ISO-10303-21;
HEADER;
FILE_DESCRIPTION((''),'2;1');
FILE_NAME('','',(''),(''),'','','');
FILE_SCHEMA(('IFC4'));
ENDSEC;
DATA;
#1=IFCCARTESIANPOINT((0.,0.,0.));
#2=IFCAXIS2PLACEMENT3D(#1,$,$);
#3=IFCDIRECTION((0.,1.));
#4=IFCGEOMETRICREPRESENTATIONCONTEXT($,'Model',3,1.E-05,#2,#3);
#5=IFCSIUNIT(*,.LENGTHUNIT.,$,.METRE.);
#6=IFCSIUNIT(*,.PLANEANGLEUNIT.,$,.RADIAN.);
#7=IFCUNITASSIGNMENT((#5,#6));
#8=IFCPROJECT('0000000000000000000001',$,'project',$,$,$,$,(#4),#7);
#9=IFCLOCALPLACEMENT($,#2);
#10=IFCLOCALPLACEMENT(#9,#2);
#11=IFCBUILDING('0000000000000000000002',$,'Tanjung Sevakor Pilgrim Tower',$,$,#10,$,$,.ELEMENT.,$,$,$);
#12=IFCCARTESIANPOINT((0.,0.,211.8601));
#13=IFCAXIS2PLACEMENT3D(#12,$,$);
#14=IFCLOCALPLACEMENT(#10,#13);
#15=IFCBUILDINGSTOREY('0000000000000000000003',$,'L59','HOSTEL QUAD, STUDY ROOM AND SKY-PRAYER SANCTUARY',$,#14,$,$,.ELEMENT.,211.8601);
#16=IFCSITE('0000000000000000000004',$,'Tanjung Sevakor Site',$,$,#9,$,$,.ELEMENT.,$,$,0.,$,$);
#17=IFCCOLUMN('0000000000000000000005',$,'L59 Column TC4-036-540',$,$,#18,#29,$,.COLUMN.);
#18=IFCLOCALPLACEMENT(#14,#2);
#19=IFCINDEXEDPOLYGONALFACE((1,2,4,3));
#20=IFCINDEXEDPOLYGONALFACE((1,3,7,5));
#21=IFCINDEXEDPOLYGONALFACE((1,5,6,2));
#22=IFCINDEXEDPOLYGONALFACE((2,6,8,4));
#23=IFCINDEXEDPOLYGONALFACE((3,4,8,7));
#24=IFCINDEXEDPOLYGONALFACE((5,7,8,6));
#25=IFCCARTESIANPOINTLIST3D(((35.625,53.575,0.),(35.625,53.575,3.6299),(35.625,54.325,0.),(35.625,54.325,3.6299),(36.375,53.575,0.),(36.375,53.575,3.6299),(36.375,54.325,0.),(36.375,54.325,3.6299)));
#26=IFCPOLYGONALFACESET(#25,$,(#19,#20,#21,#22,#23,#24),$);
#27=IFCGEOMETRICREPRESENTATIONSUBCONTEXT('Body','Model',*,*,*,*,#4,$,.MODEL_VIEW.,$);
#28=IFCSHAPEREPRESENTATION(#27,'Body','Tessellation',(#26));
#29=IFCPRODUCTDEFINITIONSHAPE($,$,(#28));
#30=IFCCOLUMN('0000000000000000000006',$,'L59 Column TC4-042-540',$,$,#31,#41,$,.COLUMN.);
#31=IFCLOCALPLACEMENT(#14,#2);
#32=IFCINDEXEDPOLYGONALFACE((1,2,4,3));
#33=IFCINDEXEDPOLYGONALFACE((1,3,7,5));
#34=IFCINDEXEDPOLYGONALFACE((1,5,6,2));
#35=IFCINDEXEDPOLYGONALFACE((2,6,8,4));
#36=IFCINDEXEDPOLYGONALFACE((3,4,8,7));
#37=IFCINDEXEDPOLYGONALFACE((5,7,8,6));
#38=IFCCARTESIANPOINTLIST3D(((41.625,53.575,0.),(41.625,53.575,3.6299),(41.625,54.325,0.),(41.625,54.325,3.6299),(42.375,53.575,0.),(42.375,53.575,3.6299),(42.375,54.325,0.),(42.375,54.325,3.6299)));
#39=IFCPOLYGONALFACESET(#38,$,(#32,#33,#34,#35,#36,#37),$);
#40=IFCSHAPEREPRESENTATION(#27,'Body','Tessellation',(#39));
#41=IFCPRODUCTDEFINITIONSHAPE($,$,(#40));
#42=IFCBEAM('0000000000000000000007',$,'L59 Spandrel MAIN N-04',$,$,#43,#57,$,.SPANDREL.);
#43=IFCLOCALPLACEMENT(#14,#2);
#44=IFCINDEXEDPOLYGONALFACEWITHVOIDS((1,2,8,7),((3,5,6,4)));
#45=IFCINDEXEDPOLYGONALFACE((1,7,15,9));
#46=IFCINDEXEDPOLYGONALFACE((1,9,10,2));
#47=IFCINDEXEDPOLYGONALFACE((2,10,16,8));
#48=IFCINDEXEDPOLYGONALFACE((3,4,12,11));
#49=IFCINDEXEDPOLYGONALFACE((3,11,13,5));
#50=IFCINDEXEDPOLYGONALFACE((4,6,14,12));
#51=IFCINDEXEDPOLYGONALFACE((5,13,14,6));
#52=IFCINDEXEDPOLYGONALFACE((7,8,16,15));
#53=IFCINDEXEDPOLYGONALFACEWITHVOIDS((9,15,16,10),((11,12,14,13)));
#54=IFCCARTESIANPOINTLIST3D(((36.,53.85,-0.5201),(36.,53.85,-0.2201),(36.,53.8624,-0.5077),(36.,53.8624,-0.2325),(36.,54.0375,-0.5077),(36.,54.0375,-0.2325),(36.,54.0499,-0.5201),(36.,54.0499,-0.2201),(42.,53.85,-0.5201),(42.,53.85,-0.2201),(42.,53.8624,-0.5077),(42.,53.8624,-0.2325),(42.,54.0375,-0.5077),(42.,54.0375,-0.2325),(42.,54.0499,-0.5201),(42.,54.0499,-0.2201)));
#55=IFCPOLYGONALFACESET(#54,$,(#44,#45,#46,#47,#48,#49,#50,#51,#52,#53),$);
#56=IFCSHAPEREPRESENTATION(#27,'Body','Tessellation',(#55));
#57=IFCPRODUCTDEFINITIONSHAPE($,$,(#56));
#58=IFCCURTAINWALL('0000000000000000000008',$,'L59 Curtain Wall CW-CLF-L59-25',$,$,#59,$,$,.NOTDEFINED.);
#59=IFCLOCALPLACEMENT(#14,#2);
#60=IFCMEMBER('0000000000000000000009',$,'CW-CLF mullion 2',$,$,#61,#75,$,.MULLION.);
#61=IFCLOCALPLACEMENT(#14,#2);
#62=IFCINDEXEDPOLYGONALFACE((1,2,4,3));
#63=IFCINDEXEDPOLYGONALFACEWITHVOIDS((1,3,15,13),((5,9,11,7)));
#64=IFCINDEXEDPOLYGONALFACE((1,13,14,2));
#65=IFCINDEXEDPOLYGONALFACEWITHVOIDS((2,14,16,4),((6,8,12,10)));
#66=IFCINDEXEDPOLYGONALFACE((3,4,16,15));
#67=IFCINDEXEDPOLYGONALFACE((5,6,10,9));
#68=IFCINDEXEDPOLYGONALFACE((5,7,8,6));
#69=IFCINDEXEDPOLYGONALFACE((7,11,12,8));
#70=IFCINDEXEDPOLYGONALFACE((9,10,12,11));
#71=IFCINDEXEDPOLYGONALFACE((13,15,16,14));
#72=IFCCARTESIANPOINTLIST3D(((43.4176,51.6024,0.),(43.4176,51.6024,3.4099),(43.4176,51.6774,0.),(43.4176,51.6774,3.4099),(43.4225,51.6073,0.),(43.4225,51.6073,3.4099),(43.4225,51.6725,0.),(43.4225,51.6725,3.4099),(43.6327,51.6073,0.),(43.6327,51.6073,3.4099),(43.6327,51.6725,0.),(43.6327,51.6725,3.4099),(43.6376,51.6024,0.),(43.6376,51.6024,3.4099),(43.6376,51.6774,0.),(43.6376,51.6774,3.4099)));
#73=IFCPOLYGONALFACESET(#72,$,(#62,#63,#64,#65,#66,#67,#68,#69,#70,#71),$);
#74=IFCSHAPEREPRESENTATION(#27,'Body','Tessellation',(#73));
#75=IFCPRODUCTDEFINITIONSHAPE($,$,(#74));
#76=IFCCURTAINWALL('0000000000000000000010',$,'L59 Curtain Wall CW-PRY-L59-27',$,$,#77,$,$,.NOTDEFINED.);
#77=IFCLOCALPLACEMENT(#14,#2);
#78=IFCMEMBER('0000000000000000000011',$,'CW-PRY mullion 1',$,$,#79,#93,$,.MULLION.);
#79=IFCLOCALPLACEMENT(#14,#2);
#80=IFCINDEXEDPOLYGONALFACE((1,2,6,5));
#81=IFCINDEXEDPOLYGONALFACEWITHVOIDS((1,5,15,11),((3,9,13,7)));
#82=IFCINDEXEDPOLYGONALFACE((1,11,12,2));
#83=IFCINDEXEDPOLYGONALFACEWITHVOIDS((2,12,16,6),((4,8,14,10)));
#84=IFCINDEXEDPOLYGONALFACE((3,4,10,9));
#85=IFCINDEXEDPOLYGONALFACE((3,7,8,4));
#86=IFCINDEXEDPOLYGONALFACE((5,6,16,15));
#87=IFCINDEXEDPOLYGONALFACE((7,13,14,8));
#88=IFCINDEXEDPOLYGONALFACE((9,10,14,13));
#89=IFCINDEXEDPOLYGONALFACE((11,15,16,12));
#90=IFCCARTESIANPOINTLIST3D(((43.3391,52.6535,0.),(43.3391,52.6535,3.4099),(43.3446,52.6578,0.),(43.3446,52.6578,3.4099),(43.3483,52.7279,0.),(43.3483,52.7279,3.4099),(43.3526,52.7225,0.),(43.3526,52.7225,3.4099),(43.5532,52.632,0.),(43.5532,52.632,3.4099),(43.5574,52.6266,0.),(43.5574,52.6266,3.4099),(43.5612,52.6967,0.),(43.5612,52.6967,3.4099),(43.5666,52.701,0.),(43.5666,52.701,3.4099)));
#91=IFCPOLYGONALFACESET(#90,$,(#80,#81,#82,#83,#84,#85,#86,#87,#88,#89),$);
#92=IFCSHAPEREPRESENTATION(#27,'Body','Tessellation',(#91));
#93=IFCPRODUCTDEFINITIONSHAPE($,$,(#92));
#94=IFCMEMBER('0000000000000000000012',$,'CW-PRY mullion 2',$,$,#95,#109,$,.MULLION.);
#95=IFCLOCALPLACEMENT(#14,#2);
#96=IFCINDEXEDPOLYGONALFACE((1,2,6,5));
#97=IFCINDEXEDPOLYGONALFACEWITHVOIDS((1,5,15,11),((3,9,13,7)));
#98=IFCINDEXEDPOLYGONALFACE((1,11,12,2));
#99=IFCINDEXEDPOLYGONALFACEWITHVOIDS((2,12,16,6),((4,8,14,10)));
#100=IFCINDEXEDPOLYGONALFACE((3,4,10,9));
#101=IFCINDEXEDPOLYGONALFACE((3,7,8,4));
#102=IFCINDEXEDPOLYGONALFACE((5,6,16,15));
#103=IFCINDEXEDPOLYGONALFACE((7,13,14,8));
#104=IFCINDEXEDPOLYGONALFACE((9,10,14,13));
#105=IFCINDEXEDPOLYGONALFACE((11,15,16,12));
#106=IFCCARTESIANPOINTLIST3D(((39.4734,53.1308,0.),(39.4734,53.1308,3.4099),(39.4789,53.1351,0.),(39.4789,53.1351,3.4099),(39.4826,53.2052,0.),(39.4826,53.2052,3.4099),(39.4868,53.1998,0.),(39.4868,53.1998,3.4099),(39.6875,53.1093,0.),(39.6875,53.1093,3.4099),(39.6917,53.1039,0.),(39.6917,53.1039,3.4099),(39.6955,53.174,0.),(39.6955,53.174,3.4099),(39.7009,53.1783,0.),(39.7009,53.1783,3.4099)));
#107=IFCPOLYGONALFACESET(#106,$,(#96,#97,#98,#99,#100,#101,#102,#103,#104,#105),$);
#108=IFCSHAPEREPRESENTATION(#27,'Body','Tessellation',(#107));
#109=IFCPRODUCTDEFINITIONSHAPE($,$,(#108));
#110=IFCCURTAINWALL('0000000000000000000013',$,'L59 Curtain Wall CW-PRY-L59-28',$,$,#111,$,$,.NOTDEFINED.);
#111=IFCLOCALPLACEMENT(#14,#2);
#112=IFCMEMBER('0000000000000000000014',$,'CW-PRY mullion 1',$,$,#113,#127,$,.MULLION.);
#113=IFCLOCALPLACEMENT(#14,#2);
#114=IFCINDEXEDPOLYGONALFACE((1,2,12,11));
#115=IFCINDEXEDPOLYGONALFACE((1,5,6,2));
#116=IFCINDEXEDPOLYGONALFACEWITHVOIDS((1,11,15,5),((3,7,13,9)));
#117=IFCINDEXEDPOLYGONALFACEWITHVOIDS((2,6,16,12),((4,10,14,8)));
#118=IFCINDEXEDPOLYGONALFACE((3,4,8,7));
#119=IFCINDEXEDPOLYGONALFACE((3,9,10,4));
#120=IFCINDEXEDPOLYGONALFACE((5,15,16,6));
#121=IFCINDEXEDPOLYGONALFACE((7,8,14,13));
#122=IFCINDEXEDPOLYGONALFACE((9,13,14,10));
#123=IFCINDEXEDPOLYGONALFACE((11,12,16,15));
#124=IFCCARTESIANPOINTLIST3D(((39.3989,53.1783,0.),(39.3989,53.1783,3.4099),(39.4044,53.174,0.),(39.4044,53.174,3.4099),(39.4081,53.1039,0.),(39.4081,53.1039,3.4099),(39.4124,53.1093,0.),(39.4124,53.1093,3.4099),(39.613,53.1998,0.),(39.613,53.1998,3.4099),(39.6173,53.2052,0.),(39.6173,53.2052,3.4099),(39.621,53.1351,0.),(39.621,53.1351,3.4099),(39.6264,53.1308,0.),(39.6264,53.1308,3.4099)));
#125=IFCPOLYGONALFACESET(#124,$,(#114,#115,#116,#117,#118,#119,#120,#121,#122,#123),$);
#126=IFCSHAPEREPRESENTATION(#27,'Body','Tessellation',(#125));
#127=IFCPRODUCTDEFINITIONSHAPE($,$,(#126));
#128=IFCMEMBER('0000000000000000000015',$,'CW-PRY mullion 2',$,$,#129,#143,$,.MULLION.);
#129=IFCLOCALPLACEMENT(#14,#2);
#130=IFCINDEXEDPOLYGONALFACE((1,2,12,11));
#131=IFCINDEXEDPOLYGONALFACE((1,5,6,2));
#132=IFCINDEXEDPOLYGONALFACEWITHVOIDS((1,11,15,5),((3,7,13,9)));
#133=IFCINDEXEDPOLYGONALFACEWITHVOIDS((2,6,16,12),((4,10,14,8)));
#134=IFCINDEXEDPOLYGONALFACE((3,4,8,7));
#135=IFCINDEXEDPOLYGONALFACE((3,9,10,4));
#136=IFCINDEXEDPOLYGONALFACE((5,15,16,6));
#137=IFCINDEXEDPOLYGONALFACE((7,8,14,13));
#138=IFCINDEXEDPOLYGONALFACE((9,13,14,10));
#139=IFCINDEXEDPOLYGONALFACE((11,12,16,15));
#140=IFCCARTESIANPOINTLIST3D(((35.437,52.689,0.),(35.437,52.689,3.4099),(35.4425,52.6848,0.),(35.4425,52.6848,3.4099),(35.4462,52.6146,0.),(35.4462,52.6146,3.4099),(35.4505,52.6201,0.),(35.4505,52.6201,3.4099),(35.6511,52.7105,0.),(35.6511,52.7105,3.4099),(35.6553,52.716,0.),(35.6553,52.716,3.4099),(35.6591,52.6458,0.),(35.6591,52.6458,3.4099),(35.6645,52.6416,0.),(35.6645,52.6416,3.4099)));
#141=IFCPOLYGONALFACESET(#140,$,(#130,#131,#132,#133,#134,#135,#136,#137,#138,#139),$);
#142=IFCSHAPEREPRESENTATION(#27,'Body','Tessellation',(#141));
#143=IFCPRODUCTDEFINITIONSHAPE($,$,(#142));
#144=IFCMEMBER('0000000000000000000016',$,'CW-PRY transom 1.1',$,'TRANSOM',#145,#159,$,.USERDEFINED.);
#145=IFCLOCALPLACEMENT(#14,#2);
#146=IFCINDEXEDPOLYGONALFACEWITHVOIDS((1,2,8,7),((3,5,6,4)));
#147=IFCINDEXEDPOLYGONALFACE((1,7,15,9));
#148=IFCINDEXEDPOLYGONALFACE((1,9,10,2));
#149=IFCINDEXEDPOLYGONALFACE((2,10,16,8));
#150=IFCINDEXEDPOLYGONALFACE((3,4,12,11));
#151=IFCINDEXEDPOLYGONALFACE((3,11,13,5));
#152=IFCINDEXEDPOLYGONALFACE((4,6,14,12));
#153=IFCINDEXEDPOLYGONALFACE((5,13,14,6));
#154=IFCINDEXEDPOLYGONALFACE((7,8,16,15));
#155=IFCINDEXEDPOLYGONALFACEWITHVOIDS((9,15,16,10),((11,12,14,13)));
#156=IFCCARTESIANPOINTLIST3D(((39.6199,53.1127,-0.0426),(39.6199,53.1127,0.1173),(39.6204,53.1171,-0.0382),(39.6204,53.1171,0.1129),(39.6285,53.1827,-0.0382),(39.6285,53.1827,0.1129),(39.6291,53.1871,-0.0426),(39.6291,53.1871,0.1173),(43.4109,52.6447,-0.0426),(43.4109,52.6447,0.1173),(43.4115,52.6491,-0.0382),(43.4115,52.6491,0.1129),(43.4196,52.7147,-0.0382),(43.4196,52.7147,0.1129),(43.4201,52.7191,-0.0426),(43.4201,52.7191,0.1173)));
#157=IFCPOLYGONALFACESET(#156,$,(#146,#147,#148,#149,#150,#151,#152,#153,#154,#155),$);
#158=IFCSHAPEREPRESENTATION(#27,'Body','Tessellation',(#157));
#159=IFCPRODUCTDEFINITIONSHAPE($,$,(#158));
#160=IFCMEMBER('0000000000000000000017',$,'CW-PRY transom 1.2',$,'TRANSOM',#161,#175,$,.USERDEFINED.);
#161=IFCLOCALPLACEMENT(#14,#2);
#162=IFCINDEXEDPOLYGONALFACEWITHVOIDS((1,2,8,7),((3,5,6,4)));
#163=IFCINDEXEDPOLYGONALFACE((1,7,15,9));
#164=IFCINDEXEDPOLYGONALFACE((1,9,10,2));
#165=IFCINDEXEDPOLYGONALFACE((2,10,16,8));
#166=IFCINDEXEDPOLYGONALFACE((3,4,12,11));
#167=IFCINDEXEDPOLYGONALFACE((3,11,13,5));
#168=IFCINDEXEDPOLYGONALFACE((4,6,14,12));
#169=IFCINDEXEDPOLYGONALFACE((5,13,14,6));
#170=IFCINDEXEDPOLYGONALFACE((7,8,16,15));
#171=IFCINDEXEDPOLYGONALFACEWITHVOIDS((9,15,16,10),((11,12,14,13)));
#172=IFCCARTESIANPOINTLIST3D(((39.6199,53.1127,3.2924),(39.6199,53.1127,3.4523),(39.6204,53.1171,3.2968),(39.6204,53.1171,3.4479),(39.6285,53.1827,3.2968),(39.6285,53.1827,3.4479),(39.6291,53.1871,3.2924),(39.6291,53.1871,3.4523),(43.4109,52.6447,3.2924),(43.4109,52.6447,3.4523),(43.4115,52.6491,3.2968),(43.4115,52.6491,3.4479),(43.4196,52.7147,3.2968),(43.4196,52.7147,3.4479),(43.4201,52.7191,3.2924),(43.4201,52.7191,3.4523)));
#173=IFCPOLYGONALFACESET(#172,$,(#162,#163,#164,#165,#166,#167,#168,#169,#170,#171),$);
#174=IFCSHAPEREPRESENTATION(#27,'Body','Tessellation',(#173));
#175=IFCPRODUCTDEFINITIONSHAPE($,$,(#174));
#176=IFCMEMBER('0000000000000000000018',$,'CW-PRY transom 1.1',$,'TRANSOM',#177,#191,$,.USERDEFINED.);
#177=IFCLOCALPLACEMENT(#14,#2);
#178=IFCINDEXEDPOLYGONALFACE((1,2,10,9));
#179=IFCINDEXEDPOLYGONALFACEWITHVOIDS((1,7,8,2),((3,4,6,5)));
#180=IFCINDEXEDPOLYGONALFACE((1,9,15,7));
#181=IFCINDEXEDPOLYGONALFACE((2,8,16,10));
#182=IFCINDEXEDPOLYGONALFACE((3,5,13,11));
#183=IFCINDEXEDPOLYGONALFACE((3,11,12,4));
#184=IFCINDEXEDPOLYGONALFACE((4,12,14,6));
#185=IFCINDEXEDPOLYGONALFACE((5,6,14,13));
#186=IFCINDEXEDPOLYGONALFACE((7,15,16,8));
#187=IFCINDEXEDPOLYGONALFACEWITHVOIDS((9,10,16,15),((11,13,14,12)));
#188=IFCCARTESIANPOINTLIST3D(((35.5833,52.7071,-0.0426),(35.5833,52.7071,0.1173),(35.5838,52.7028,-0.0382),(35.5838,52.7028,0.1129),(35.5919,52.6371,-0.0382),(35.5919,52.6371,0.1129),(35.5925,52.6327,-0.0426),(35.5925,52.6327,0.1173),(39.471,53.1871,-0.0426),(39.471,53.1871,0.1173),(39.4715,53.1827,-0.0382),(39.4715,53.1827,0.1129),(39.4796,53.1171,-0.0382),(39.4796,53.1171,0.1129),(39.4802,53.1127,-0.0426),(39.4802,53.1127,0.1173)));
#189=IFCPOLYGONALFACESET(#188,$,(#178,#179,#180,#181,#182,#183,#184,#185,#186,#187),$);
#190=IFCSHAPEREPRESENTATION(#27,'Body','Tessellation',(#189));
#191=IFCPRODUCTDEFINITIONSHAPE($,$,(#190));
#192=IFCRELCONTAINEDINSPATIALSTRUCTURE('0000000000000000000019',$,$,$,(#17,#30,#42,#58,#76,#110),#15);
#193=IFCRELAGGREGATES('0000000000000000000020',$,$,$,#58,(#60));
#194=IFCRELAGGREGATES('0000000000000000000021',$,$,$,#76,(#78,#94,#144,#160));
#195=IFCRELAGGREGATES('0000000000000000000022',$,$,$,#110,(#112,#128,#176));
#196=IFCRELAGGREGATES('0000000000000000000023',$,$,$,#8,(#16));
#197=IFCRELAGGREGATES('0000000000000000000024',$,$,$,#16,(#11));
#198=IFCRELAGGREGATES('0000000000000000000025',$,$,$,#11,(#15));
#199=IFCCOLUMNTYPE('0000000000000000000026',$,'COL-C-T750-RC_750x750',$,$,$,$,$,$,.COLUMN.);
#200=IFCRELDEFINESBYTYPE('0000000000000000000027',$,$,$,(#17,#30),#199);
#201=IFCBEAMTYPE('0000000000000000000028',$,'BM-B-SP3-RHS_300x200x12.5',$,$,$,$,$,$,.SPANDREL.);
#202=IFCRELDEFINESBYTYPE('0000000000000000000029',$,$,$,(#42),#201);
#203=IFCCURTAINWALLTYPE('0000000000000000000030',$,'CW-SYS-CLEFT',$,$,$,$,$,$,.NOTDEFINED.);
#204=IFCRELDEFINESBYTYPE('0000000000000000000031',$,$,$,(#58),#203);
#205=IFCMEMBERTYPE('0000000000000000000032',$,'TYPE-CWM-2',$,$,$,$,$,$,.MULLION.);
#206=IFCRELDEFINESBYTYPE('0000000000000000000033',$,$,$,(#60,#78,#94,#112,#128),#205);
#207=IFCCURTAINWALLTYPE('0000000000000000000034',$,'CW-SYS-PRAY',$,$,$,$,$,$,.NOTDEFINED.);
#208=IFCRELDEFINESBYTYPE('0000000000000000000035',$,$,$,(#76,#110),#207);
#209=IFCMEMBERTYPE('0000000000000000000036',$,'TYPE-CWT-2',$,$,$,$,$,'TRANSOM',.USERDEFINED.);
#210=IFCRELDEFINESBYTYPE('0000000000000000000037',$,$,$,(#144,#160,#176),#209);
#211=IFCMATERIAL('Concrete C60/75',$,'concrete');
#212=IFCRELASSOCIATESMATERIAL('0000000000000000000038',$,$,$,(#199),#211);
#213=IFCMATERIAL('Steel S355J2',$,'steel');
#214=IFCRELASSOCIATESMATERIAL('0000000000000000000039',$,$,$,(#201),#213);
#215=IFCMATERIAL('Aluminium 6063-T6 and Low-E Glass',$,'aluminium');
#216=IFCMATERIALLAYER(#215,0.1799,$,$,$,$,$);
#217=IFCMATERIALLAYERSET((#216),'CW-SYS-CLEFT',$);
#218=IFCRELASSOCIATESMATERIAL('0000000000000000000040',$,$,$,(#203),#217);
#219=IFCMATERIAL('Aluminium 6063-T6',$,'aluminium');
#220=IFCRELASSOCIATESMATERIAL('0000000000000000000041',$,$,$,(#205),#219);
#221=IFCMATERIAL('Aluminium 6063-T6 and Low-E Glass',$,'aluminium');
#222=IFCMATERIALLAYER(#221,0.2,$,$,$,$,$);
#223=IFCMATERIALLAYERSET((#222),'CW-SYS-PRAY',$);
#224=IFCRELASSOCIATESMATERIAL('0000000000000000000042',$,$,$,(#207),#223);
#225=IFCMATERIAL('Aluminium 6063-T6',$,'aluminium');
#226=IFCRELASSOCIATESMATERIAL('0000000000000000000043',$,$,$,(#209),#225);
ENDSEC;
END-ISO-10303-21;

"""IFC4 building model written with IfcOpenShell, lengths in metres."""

from ifc_helpers import new_model, si_unit, direction, frame, origin, origin_2d, place, context, subcontext, project, spatial, rectangle, hollow_rectangle, extrude, material, layer, layer_set, material_profile, profile_set, type_object, element, aggregate, save


model = new_model("IFC4")

# Units and contexts
model_context = context("Model", 3, precision=1e-05, world=origin(), true_north=direction((0.0, 1.0)))
body_context = subcontext(model_context, "Body", "Model", "MODEL_VIEW")
ifc_project = project(units=[si_unit("LENGTHUNIT", "METRE"), si_unit("PLANEANGLEUNIT", "RADIAN")], contexts=[model_context])

# Site, building, storey
site_placement = place(None, origin())
site = spatial("IfcSite", under=ifc_project, at=site_placement, Name="Tanjung Sevakor Site", CompositionType="ELEMENT", RefElevation=0.0)
building_placement = place(site_placement, origin())
building = spatial("IfcBuilding", under=site, at=building_placement, Name="Tanjung Sevakor Pilgrim Tower", CompositionType="ELEMENT")
storey_placement = place(building_placement, frame((0.0, 0.0, 211.8601)))
storey = spatial("IfcBuildingStorey", under=building, at=storey_placement, Name="L59", Description="HOSTEL QUAD, STUDY ROOM AND SKY-PRAYER SANCTUARY", CompositionType="ELEMENT", Elevation=211.8601)

# Columns
ifc_material_1 = material(Name="Concrete C60/75", Category="concrete")
ifc_material_profile_1 = material_profile(ifc_material_1, rectangle(XDim=0.75, YDim=0.75, at=origin_2d()))
ifc_profile_set_1 = profile_set([ifc_material_profile_1], Name="Concrete C60/75")
column_type = type_object("IfcColumnType", Name="COL-C-T750-RC_750x750", PredefinedType="COLUMN", material=ifc_profile_set_1)
for number, where, z_axis, x_axis, name in (
    (1, (36.0, 53.95, 0.0), (0.0, 0.0, 1.0), (1.0, 0.0, 0.0), "L59 Column TC4-036-540"),
    (2, (42.0, 53.95, 0.0), (0.0, 0.0, 1.0), (1.0, 0.0, 0.0), "L59 Column TC4-042-540"),
):
    element("IfcColumn", number, at=place(storey_placement, frame(where, z_axis=z_axis, x_axis=x_axis)), inside=storey, type_object=column_type, Name=name, PredefinedType="COLUMN", context=body_context, shape_type="SweptSolid", body=[
        extrude(rectangle(XDim=0.75, YDim=0.75, at=origin_2d()), origin(), (0.0, 0.0, 1.0), 3.6299),
    ])

# Beam
ifc_material_2 = material(Name="Steel S355J2", Category="steel")
ifc_material_profile_2 = material_profile(ifc_material_2, hollow_rectangle(XDim=0.2, YDim=0.3, WallThickness=0.0125, at=origin_2d()))
ifc_profile_set_2 = profile_set([ifc_material_profile_2], Name="Steel S355J2")
beam_type = type_object("IfcBeamType", Name="BM-B-SP3-RHS_300x200x12.5", PredefinedType="SPANDREL", material=ifc_profile_set_2)
beam_placement = place(storey_placement, frame((36.0, 53.95, -0.3701), z_axis=(1.0, 0.0, 0.0), x_axis=(0.0, 1.0, 0.0)))
element("IfcBeam", 3, at=beam_placement, inside=storey, type_object=beam_type, Name="L59 Spandrel MAIN N-04", PredefinedType="SPANDREL", context=body_context, shape_type="SweptSolid", body=[
    extrude(hollow_rectangle(XDim=0.2, YDim=0.3, WallThickness=0.0125, at=origin_2d()), origin(), (0.0, 0.0, 1.0), 6.0),
])

# Curtain wall, member
ifc_material_3 = material(Name="Aluminium 6063-T6 and Low-E Glass", Category="aluminium")
ifc_layer_1 = layer(ifc_material_3, 0.1799)
ifc_layer_set_1 = layer_set([ifc_layer_1], Name="CW-SYS-CLEFT")
curtain_wall_type_1 = type_object("IfcCurtainWallType", Name="CW-SYS-CLEFT", PredefinedType="NOTDEFINED", material=ifc_layer_set_1)
curtain_wall_1_placement = place(storey_placement, origin())
curtain_wall_1 = element("IfcCurtainWall", 4, at=curtain_wall_1_placement, inside=storey, type_object=curtain_wall_type_1, Name="L59 Curtain Wall CW-CLF-L59-25", PredefinedType="NOTDEFINED")
ifc_material_4 = material(Name="Aluminium 6063-T6", Category="aluminium")
ifc_material_profile_3 = material_profile(ifc_material_4, hollow_rectangle(XDim=0.075, YDim=0.22, WallThickness=0.0049, at=origin_2d()))
ifc_profile_set_3 = profile_set([ifc_material_profile_3], Name="Aluminium 6063-T6")
member_type_1 = type_object("IfcMemberType", Name="TYPE-CWM-2", PredefinedType="MULLION", material=ifc_profile_set_3)
member_1_placement = place(storey_placement, frame((43.5276, 51.6399, 0.0), z_axis=(0.0, 0.0, 1.0), x_axis=(0.0, -1.0, 0.0)))
member_1 = element("IfcMember", 5, at=member_1_placement, type_object=member_type_1, Name="CW-CLF mullion 2", PredefinedType="MULLION", context=body_context, shape_type="SweptSolid", body=[
    extrude(hollow_rectangle(XDim=0.075, YDim=0.22, WallThickness=0.0049, at=origin_2d()), origin(), (0.0, 0.0, 1.0), 3.4099),
])
aggregate(curtain_wall_1, [member_1])

# Curtain walls, members
ifc_material_5 = material(Name="Aluminium 6063-T6 and Low-E Glass", Category="aluminium")
ifc_layer_2 = layer(ifc_material_5, 0.2)
ifc_layer_set_2 = layer_set([ifc_layer_2], Name="CW-SYS-PRAY")
curtain_wall_type_2 = type_object("IfcCurtainWallType", Name="CW-SYS-PRAY", PredefinedType="NOTDEFINED", material=ifc_layer_set_2)
curtain_wall_2_placement = place(storey_placement, origin())
curtain_wall_2 = element("IfcCurtainWall", 6, at=curtain_wall_2_placement, inside=storey, type_object=curtain_wall_type_2, Name="L59 Curtain Wall CW-PRY-L59-27", PredefinedType="NOTDEFINED")
member_2_placement = place(storey_placement, frame((43.4529, 52.6772, 0.0), z_axis=(0.0, 0.0, 1.0), x_axis=(-0.122546, -0.992463, 0.0)))
member_2 = element("IfcMember", 7, at=member_2_placement, type_object=member_type_1, Name="CW-PRY mullion 1", PredefinedType="MULLION", context=body_context, shape_type="SweptSolid", body=[
    extrude(hollow_rectangle(XDim=0.075, YDim=0.22, WallThickness=0.0049, at=origin_2d()), origin(), (0.0, 0.0, 1.0), 3.4099),
])
member_3_placement = place(storey_placement, frame((39.5872, 53.1545, 0.0), z_axis=(0.0, 0.0, 1.0), x_axis=(-0.122546, -0.992463, 0.0)))
member_3 = element("IfcMember", 8, at=member_3_placement, type_object=member_type_1, Name="CW-PRY mullion 2", PredefinedType="MULLION", context=body_context, shape_type="SweptSolid", body=[
    extrude(hollow_rectangle(XDim=0.075, YDim=0.22, WallThickness=0.0049, at=origin_2d()), origin(), (0.0, 0.0, 1.0), 3.4099),
])
curtain_wall_3_placement = place(storey_placement, origin())
curtain_wall_3 = element("IfcCurtainWall", 9, at=curtain_wall_3_placement, inside=storey, type_object=curtain_wall_type_2, Name="L59 Curtain Wall CW-PRY-L59-28", PredefinedType="NOTDEFINED")
member_4_placement = place(storey_placement, frame((39.5127, 53.1545, 0.0), z_axis=(0.0, 0.0, 1.0), x_axis=(0.122543, -0.992463, 0.0)))
member_4 = element("IfcMember", 10, at=member_4_placement, type_object=member_type_1, Name="CW-PRY mullion 1", PredefinedType="MULLION", context=body_context, shape_type="SweptSolid", body=[
    extrude(hollow_rectangle(XDim=0.075, YDim=0.22, WallThickness=0.0049, at=origin_2d()), origin(), (0.0, 0.0, 1.0), 3.4099),
])
member_5_placement = place(storey_placement, frame((35.5508, 52.6653, 0.0), z_axis=(0.0, 0.0, 1.0), x_axis=(0.122543, -0.992463, 0.0)))
member_5 = element("IfcMember", 11, at=member_5_placement, type_object=member_type_1, Name="CW-PRY mullion 2", PredefinedType="MULLION", context=body_context, shape_type="SweptSolid", body=[
    extrude(hollow_rectangle(XDim=0.075, YDim=0.22, WallThickness=0.0049, at=origin_2d()), origin(), (0.0, 0.0, 1.0), 3.4099),
])

# Members
ifc_material_6 = material(Name="Aluminium 6063-T6", Category="aluminium")
ifc_material_profile_4 = material_profile(ifc_material_6, hollow_rectangle(XDim=0.075, YDim=0.1599, WallThickness=0.0044, at=origin_2d()))
ifc_profile_set_4 = profile_set([ifc_material_profile_4], Name="Aluminium 6063-T6")
member_type_2 = type_object("IfcMemberType", Name="TYPE-CWT-2", ElementType="TRANSOM", PredefinedType="USERDEFINED", material=ifc_profile_set_4)
member_6_placement = place(storey_placement, frame((43.4155, 52.6819, 0.0374), z_axis=(-0.992466, 0.122524, 0.0), x_axis=(-0.122524, -0.992466, 0.0)))
member_6 = element("IfcMember", 12, at=member_6_placement, type_object=member_type_2, Name="CW-PRY transom 1.1", ObjectType="TRANSOM", PredefinedType="USERDEFINED", context=body_context, shape_type="SweptSolid", body=[
    extrude(hollow_rectangle(XDim=0.075, YDim=0.1599, WallThickness=0.0044, at=origin_2d()), origin(), (0.0, 0.0, 1.0), 3.8198),
])
member_7_placement = place(storey_placement, frame((43.4155, 52.6819, 3.3723), z_axis=(-0.992466, 0.122524, 0.0), x_axis=(-0.122524, -0.992466, 0.0)))
member_7 = element("IfcMember", 13, at=member_7_placement, type_object=member_type_2, Name="CW-PRY transom 1.2", ObjectType="TRANSOM", PredefinedType="USERDEFINED", context=body_context, shape_type="SweptSolid", body=[
    extrude(hollow_rectangle(XDim=0.075, YDim=0.1599, WallThickness=0.0044, at=origin_2d()), origin(), (0.0, 0.0, 1.0), 3.8198),
])
member_8_placement = place(storey_placement, frame((39.4756, 53.1499, 0.0374), z_axis=(-0.992465, -0.122531, 0.0), x_axis=(0.122531, -0.992465, 0.0)))
member_8 = element("IfcMember", 14, at=member_8_placement, type_object=member_type_2, Name="CW-PRY transom 1.1", ObjectType="TRANSOM", PredefinedType="USERDEFINED", context=body_context, shape_type="SweptSolid", body=[
    extrude(hollow_rectangle(XDim=0.075, YDim=0.1599, WallThickness=0.0044, at=origin_2d()), origin(), (0.0, 0.0, 1.0), 3.9172),
])

aggregate(curtain_wall_2, [member_2, member_3, member_6, member_7])
aggregate(curtain_wall_3, [member_4, member_5, member_8])

save(model, "model.ifc")
